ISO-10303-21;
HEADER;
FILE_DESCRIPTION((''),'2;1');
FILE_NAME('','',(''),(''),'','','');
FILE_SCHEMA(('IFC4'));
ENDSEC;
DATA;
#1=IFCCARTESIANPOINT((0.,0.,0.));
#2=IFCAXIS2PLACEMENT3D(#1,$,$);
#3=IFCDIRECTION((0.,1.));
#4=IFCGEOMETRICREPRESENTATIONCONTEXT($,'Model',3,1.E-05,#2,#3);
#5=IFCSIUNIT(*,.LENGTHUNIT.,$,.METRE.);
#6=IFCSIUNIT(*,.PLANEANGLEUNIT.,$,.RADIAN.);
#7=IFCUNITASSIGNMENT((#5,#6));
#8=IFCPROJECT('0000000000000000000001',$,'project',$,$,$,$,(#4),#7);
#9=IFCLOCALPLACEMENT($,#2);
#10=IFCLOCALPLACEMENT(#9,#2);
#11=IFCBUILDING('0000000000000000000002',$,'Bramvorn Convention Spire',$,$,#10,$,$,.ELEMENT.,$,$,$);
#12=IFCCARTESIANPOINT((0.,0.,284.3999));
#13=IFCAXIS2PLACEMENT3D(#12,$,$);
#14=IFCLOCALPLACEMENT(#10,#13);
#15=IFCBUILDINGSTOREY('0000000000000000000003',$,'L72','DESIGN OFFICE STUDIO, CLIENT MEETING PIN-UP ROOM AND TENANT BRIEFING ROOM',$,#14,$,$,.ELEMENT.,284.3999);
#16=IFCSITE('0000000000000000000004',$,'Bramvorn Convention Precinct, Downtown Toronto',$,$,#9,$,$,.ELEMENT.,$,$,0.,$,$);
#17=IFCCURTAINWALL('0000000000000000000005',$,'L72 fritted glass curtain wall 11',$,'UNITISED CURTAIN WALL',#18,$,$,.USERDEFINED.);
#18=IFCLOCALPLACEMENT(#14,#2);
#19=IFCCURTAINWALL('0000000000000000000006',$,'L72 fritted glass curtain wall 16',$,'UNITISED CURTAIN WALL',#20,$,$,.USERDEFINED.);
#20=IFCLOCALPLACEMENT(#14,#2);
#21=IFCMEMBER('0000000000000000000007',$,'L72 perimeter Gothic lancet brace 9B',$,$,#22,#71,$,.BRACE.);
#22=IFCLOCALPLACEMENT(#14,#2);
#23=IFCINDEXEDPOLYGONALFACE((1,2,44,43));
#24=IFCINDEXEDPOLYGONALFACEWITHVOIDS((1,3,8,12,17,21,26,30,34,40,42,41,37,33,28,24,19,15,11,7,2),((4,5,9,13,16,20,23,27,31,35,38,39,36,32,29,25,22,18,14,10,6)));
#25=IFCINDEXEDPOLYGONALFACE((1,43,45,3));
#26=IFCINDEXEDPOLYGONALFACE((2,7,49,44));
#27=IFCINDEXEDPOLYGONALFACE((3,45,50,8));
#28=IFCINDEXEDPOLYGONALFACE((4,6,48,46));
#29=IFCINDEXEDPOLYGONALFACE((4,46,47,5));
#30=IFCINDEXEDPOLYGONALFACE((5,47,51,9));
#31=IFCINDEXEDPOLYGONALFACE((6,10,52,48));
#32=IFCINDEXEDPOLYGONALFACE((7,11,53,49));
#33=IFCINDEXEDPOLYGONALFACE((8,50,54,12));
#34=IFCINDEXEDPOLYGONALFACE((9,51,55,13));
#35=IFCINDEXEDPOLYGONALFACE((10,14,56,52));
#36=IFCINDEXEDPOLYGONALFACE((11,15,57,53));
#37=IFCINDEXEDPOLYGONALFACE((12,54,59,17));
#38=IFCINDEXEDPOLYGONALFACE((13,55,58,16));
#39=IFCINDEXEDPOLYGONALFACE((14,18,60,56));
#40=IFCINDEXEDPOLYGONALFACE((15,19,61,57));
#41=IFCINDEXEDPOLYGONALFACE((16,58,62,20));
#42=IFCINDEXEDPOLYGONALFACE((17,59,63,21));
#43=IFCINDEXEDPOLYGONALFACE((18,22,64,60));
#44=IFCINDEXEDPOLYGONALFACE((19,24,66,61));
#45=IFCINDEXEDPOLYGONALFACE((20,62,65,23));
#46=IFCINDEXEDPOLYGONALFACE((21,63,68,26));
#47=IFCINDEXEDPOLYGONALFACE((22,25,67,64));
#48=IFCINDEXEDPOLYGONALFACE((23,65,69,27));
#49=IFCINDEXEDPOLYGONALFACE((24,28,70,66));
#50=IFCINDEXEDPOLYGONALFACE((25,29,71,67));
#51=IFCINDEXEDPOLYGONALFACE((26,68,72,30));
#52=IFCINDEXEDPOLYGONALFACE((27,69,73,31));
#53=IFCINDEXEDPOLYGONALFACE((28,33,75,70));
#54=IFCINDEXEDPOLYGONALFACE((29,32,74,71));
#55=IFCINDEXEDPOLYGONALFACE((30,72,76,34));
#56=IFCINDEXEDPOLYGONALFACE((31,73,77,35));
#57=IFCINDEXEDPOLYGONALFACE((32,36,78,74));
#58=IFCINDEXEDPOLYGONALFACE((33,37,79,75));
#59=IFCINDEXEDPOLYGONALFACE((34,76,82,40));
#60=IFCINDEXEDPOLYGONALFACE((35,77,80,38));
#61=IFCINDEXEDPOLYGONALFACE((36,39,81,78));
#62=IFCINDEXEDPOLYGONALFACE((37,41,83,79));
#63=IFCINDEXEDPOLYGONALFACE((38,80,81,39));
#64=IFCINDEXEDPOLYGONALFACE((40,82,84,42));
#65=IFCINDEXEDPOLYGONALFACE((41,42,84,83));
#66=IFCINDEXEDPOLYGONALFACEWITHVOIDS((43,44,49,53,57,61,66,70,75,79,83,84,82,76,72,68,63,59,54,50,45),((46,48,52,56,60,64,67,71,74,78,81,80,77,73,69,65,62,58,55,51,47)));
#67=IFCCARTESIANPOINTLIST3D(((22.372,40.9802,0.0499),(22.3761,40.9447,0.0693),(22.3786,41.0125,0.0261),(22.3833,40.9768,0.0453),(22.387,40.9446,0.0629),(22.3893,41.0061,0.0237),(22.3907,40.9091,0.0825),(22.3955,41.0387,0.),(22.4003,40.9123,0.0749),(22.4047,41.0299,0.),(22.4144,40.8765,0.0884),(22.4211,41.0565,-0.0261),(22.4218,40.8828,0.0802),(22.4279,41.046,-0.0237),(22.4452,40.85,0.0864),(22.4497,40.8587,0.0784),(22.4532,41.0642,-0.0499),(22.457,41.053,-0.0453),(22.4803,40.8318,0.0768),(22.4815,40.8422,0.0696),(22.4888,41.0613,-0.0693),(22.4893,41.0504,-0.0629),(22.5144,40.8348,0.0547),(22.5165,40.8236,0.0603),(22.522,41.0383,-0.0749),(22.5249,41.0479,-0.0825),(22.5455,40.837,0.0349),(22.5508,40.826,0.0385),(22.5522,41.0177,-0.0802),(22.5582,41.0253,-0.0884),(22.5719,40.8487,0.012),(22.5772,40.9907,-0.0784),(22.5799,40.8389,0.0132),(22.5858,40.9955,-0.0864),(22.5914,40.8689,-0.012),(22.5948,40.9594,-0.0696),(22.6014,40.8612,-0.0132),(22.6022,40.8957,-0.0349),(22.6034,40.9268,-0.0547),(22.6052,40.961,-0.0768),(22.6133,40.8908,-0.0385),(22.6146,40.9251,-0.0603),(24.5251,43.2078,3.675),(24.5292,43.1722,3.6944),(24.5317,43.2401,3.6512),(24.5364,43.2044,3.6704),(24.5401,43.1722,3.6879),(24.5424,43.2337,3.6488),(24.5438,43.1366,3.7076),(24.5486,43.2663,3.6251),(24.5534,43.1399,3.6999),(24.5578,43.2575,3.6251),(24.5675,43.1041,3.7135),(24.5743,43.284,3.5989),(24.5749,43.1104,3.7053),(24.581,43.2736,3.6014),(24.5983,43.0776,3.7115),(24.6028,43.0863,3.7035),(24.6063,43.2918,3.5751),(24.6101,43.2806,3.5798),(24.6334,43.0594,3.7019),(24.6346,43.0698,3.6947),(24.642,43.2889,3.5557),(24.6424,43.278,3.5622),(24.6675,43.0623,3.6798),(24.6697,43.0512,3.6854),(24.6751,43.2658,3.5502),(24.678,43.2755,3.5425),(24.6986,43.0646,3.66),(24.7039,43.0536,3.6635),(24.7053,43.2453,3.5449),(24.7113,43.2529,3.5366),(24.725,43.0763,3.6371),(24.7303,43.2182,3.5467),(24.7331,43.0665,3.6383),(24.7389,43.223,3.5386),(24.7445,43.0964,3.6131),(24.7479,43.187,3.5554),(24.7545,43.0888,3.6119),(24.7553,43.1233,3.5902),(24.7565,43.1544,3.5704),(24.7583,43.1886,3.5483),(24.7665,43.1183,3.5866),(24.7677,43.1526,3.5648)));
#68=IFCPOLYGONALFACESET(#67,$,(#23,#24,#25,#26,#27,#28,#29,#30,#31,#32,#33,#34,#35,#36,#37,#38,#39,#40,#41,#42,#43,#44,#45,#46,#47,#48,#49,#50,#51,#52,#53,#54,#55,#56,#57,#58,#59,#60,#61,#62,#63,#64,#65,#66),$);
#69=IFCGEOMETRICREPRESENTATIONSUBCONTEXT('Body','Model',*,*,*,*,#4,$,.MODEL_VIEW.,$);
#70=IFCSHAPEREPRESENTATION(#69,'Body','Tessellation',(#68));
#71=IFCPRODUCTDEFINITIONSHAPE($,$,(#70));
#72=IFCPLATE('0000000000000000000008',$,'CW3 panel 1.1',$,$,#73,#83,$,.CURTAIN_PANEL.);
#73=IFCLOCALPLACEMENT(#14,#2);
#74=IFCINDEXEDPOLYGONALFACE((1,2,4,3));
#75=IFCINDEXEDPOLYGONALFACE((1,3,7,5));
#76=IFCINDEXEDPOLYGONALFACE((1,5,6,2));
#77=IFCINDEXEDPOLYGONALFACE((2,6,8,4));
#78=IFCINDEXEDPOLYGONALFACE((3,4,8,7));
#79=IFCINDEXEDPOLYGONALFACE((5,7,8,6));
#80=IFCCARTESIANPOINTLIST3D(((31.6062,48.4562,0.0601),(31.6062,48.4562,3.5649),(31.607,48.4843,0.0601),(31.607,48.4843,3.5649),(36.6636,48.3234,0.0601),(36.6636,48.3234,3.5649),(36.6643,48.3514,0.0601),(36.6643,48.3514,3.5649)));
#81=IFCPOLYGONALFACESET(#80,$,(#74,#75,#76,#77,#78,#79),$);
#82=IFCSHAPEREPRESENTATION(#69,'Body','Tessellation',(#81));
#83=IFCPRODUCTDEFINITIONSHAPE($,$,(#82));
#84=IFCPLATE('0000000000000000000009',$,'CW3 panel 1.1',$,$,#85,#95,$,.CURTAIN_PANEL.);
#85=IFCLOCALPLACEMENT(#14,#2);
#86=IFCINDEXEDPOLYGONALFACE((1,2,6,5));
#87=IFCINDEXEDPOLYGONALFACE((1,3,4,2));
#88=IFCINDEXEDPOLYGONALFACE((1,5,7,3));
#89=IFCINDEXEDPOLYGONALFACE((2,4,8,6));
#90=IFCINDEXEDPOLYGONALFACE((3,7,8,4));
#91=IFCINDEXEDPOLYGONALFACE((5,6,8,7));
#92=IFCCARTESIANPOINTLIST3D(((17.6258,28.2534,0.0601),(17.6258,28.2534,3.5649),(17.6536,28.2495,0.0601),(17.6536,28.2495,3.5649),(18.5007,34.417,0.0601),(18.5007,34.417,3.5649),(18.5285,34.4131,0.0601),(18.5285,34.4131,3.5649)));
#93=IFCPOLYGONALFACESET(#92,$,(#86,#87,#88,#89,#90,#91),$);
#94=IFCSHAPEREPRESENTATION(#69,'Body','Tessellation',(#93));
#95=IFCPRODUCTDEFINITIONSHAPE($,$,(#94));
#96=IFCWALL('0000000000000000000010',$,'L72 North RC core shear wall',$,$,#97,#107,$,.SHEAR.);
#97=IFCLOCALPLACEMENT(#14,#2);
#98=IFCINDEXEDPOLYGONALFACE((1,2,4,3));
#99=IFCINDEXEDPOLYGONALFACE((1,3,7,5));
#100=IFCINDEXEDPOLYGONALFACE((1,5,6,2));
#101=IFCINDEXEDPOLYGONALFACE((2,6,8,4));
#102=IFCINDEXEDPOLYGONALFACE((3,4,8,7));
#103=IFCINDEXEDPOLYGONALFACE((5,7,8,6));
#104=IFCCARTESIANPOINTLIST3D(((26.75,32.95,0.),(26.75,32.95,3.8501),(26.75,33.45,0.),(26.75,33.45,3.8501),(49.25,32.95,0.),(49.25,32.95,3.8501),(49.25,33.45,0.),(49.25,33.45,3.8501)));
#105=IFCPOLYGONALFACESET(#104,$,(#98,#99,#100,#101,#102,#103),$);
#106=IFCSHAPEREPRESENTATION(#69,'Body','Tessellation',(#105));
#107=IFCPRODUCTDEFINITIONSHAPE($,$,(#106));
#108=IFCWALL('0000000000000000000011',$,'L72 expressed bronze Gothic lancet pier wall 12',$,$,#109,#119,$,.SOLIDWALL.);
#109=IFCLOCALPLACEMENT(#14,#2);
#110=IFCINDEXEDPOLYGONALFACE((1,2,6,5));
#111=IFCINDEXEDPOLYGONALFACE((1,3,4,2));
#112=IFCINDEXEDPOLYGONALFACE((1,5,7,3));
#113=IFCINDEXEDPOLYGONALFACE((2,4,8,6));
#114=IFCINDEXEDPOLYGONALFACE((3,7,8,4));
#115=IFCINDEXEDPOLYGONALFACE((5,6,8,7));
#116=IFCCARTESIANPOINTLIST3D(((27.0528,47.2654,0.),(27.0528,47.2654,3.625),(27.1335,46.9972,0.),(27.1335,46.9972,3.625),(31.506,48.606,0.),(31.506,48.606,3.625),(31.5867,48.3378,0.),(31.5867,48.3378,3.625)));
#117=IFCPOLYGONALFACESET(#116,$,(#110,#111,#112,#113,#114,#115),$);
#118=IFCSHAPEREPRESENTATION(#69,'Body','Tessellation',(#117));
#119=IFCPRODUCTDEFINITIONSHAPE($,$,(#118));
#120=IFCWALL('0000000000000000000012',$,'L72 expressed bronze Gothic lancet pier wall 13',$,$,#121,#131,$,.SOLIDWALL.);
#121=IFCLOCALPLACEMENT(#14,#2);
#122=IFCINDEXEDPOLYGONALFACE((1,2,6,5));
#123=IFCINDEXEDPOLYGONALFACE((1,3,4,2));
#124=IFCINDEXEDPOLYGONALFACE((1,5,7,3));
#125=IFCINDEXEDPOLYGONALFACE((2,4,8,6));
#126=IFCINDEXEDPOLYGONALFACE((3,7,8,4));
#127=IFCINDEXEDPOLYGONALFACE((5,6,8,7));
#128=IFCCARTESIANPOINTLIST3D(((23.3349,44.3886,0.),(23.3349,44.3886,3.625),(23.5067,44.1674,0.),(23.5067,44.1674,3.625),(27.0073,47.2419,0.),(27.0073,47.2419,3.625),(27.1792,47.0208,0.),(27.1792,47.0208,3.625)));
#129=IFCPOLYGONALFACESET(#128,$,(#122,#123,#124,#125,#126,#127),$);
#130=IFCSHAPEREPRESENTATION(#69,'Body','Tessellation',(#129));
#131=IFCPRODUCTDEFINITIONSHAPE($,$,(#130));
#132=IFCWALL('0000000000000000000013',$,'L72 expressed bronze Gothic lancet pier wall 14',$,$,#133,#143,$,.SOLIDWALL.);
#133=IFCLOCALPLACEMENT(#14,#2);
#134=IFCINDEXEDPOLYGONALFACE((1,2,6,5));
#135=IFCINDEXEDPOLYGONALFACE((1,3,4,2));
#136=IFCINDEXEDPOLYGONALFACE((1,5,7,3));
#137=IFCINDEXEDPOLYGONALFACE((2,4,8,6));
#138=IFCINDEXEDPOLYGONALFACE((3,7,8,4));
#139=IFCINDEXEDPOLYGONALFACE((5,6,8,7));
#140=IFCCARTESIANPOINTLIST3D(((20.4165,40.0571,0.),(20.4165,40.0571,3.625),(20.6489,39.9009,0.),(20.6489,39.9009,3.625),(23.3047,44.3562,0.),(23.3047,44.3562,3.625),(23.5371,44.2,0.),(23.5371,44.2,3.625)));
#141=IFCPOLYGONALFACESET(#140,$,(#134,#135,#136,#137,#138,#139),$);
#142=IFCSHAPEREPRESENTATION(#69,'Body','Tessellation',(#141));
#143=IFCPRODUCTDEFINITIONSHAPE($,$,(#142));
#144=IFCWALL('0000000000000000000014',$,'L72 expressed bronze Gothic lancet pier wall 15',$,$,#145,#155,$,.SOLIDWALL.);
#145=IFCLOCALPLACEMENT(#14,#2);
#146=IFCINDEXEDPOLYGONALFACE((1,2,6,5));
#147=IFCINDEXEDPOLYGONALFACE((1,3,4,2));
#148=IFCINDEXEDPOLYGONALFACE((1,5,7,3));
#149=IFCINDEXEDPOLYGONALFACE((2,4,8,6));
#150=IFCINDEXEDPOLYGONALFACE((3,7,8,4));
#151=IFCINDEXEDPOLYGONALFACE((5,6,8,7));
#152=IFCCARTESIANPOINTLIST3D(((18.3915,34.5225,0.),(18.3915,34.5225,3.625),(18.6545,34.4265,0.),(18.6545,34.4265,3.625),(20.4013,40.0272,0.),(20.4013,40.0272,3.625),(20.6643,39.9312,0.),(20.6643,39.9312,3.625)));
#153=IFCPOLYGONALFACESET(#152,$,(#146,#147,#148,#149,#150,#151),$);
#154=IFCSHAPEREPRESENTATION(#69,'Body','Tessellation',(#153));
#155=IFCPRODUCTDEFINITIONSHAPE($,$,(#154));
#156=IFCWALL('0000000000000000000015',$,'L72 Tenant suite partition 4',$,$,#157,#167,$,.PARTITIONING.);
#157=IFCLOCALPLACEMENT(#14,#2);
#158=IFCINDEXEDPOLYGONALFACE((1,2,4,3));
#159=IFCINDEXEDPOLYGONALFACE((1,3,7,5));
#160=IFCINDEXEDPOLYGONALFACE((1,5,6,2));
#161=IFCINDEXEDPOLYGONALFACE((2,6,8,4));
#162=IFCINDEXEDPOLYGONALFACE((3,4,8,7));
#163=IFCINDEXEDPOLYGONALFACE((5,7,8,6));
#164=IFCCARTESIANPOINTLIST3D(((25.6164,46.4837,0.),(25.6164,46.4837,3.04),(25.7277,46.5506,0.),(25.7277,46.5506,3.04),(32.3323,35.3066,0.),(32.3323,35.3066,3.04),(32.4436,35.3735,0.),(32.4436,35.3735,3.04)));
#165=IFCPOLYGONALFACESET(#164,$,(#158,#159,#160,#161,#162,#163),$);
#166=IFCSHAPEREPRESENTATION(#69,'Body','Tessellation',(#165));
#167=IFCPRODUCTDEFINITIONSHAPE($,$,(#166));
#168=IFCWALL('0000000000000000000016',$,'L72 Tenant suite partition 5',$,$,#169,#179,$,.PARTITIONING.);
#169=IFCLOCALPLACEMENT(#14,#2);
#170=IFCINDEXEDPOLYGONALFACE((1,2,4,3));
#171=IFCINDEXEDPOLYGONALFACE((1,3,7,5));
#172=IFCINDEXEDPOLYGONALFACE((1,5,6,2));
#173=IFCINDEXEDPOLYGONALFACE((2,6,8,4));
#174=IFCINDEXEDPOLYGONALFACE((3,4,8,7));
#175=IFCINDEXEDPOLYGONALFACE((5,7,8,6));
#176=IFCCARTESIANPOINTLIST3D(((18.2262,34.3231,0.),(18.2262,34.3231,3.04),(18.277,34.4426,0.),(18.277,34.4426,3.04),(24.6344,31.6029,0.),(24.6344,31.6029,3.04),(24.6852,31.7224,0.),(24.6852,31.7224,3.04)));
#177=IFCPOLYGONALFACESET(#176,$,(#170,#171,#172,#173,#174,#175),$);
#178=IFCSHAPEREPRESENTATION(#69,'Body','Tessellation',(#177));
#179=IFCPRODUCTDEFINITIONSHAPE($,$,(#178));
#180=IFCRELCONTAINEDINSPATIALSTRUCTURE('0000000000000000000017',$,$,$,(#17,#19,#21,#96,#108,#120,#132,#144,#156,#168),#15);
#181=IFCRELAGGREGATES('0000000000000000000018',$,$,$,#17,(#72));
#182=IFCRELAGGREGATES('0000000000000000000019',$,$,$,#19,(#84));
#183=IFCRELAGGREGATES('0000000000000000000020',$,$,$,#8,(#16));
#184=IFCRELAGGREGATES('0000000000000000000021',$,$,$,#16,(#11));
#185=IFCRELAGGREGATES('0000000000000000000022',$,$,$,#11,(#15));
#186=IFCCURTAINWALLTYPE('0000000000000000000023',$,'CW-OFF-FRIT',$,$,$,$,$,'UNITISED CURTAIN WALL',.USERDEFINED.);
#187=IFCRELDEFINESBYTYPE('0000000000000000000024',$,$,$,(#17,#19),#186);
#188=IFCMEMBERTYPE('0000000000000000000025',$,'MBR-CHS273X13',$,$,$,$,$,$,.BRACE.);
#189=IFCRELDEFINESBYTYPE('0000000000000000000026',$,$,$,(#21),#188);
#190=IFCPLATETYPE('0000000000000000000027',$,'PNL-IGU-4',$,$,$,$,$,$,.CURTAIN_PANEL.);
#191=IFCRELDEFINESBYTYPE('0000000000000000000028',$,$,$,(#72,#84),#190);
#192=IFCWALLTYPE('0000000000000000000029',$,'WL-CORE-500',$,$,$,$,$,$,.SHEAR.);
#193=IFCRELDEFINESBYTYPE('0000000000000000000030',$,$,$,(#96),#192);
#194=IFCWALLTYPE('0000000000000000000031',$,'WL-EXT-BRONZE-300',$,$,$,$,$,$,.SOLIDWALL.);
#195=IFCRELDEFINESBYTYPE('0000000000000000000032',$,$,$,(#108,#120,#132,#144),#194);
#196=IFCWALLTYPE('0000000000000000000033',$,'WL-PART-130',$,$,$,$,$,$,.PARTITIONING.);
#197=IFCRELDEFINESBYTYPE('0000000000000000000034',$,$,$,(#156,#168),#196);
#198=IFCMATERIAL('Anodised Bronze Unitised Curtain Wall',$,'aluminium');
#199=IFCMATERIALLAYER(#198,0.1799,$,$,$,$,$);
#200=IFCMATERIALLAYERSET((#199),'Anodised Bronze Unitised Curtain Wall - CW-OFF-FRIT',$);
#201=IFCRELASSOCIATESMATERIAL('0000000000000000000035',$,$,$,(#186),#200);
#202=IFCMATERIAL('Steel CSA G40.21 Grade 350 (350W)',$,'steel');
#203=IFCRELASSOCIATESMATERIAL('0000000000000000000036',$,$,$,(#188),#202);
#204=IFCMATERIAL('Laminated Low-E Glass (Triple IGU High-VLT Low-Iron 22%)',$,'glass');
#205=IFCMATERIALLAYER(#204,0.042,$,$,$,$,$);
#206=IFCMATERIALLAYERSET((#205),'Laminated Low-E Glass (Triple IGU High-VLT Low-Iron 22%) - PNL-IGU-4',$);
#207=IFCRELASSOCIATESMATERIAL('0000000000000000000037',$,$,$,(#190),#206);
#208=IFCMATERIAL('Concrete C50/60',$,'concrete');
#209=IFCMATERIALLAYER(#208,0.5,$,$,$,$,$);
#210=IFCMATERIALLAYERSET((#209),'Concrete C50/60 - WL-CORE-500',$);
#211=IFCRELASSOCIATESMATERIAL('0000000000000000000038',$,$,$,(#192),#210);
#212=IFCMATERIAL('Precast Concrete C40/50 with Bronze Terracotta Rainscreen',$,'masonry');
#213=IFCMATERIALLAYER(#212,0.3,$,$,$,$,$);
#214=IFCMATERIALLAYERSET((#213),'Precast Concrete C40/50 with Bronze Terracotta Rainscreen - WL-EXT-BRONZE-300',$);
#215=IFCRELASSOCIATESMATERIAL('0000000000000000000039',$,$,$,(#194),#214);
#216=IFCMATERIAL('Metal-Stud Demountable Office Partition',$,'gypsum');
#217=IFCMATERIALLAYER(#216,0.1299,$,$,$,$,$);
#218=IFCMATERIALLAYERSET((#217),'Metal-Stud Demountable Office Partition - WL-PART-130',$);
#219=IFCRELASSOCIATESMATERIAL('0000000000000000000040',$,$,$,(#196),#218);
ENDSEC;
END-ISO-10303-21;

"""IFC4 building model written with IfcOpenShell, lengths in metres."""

from ifc_helpers import new_model, si_unit, direction, frame, frame_2d, origin, origin_2d, place, context, subcontext, project, spatial, rectangle, hollow_circle, extrude, material, layer, layer_set, material_profile, profile_set, type_object, element, aggregate, save


model = new_model("IFC4")

# Units and contexts
model_context = context("Model", 3, precision=1e-05, world=origin(), true_north=direction((0.0, 1.0)))
body_context = subcontext(model_context, "Body", "Model", "MODEL_VIEW")
ifc_project = project(units=[si_unit("LENGTHUNIT", "METRE"), si_unit("PLANEANGLEUNIT", "RADIAN")], contexts=[model_context])

# Site, building, storey
site_placement = place(None, origin())
site = spatial("IfcSite", under=ifc_project, at=site_placement, Name="Bramvorn Convention Precinct, Downtown Toronto", CompositionType="ELEMENT", RefElevation=0.0)
building_placement = place(site_placement, origin())
building = spatial("IfcBuilding", under=site, at=building_placement, Name="Bramvorn Convention Spire", CompositionType="ELEMENT")
storey_placement = place(building_placement, frame((0.0, 0.0, 284.3999)))
storey = spatial("IfcBuildingStorey", under=building, at=storey_placement, Name="L72", Description="DESIGN OFFICE STUDIO, CLIENT MEETING PIN-UP ROOM AND TENANT BRIEFING ROOM", CompositionType="ELEMENT", Elevation=284.3999)

# Shared definitions
ifc_material_1 = material(Name="Steel CSA G40.21 Grade 350 (350W)", Category="steel")

# Curtain walls
ifc_material_2 = material(Name="Anodised Bronze Unitised Curtain Wall", Category="aluminium")
ifc_layer_1 = layer(ifc_material_2, 0.1799)
ifc_layer_set_1 = layer_set([ifc_layer_1], Name="Anodised Bronze Unitised Curtain Wall - CW-OFF-FRIT")
curtain_wall_type = type_object("IfcCurtainWallType", Name="CW-OFF-FRIT", ElementType="UNITISED CURTAIN WALL", PredefinedType="USERDEFINED", material=ifc_layer_set_1)
curtain_wall_1_placement = place(storey_placement, origin())
curtain_wall_1 = element("IfcCurtainWall", 1, at=curtain_wall_1_placement, inside=storey, type_object=curtain_wall_type, Name="L72 fritted glass curtain wall 11", ObjectType="UNITISED CURTAIN WALL", PredefinedType="USERDEFINED")
curtain_wall_2_placement = place(storey_placement, origin())
curtain_wall_2 = element("IfcCurtainWall", 2, at=curtain_wall_2_placement, inside=storey, type_object=curtain_wall_type, Name="L72 fritted glass curtain wall 16", ObjectType="UNITISED CURTAIN WALL", PredefinedType="USERDEFINED")

# Member
ifc_material_profile_1 = material_profile(ifc_material_1, hollow_circle(Radius=0.1365, WallThickness=0.0127, at=origin_2d()))
ifc_profile_set_1 = profile_set([ifc_material_profile_1], Name="Steel CSA G40.21 Grade 350 (350W) - CHS273X13")
member_type_1 = type_object("IfcMemberType", Name="MBR-CHS273X13", PredefinedType="BRACE", material=ifc_profile_set_1)
for number, where, z_axis, x_axis, name in (
    (3, (22.4937, 40.9438, 0.0), (0.451524, 0.467139, 0.760202), (-0.719023, 0.694987, 0.0), "L72 perimeter Gothic lancet brace 9B"),
):
    element("IfcMember", number, at=place(storey_placement, frame(where, z_axis=z_axis, x_axis=x_axis)), inside=storey, type_object=member_type_1, Name=name, PredefinedType="BRACE", context=body_context, shape_type="SweptSolid", body=[
        extrude(hollow_circle(Radius=0.1365, WallThickness=0.0127, at=origin_2d()), origin(), (0.0, 0.0, 1.0), 4.7686),
    ])

# Plates
ifc_material_3 = material(Name="Laminated Low-E Glass (Triple IGU High-VLT Low-Iron 22%)", Category="glass")
ifc_layer_2 = layer(ifc_material_3, 0.042)
ifc_layer_set_2 = layer_set([ifc_layer_2], Name="Laminated Low-E Glass (Triple IGU High-VLT Low-Iron 22%) - PNL-IGU-4")
plate_type = type_object("IfcPlateType", Name="PNL-IGU-4", PredefinedType="CURTAIN_PANEL", material=ifc_layer_set_2)
plate_1_placement = place(storey_placement, frame((34.1353, 48.4038, 0.0601), z_axis=(0.0, 0.0, 1.0), x_axis=(0.999655, -0.026259, 0.0)))
plate_1 = element("IfcPlate", 4, at=plate_1_placement, type_object=plate_type, Name="CW3 panel 1.1", PredefinedType="CURTAIN_PANEL", context=body_context, shape_type="SweptSolid", body=[
    extrude(rectangle(XDim=5.0591, YDim=0.0281, at=origin_2d()), origin(), (0.0, 0.0, 1.0), 3.5049),
])
aggregate(curtain_wall_1, [plate_1])
plate_2_placement = place(storey_placement, frame((18.0771, 31.3333, 0.0601), z_axis=(0.0, 0.0, 1.0), x_axis=(0.140545, 0.990074, 0.0)))
plate_2 = element("IfcPlate", 5, at=plate_2_placement, type_object=plate_type, Name="CW3 panel 1.1", PredefinedType="CURTAIN_PANEL", context=body_context, shape_type="SweptSolid", body=[
    extrude(rectangle(XDim=6.2253, YDim=0.0281, at=origin_2d()), origin(), (0.0, 0.0, 1.0), 3.5049),
])
aggregate(curtain_wall_2, [plate_2])

# Walls
ifc_material_4 = material(Name="Concrete C50/60", Category="concrete")
ifc_layer_3 = layer(ifc_material_4, 0.5)
ifc_layer_set_3 = layer_set([ifc_layer_3], Name="Concrete C50/60 - WL-CORE-500")
wall_type_1 = type_object("IfcWallType", Name="WL-CORE-500", PredefinedType="SHEAR", material=ifc_layer_set_3)
wall_1_placement = place(storey_placement, frame((26.75, 33.2, 0.0), z_axis=(0.0, 0.0, 1.0), x_axis=(1.0, 0.0, 0.0)))
element("IfcWall", 6, at=wall_1_placement, inside=storey, type_object=wall_type_1, Name="L72 North RC core shear wall", PredefinedType="SHEAR", context=body_context, shape_type="SweptSolid", body=[
    extrude(rectangle(XDim=22.5, YDim=0.5, at=frame_2d((11.25, 0.0))), origin(), (0.0, 0.0, 1.0), 3.8501),
])
ifc_material_5 = material(Name="Precast Concrete C40/50 with Bronze Terracotta Rainscreen", Category="masonry")
ifc_layer_4 = layer(ifc_material_5, 0.3)
ifc_layer_set_4 = layer_set([ifc_layer_4], Name="Precast Concrete C40/50 with Bronze Terracotta Rainscreen - WL-EXT-BRONZE-300")
wall_type_2 = type_object("IfcWallType", Name="WL-EXT-BRONZE-300", PredefinedType="SOLIDWALL", material=ifc_layer_set_4)
for number, where, z_axis, x_axis, name in (
    (7, (27.0933, 47.1313, 0.0), (0.0, 0.0, 1.0), (0.957551, 0.288263, 0.0), "L72 expressed bronze Gothic lancet pier wall 12"),
    (8, (23.4209, 44.2781, 0.0), (0.0, 0.0, 1.0), (0.789666, 0.613537, 0.0), "L72 expressed bronze Gothic lancet pier wall 13"),
):
    element("IfcWall", number, at=place(storey_placement, frame(where, z_axis=z_axis, x_axis=x_axis)), inside=storey, type_object=wall_type_2, Name=name, PredefinedType="SOLIDWALL", context=body_context, shape_type="SweptSolid", body=[
        extrude(rectangle(XDim=4.6506, YDim=0.28, at=frame_2d((2.3252, 0.0))), origin(), (0.0, 0.0, 1.0), 3.625),
    ])
wall_2_placement = place(storey_placement, frame((20.5327, 39.979, 0.0), z_axis=(0.0, 0.0, 1.0), x_axis=(0.557656, 0.830072, 0.0)))
element("IfcWall", 9, at=wall_2_placement, inside=storey, type_object=wall_type_2, Name="L72 expressed bronze Gothic lancet pier wall 14", PredefinedType="SOLIDWALL", context=body_context, shape_type="SweptSolid", body=[
    extrude(rectangle(XDim=5.1792, YDim=0.28, at=frame_2d((2.5896, 0.0))), origin(), (0.0, 0.0, 1.0), 3.625),
])
wall_3_placement = place(storey_placement, frame((18.5229, 34.4744, 0.0), z_axis=(0.0, 0.0, 1.0), x_axis=(0.34296, 0.93935, 0.0)))
element("IfcWall", 10, at=wall_3_placement, inside=storey, type_object=wall_type_2, Name="L72 expressed bronze Gothic lancet pier wall 15", PredefinedType="SOLIDWALL", context=body_context, shape_type="SweptSolid", body=[
    extrude(rectangle(XDim=5.8601, YDim=0.28, at=frame_2d((2.9302, 0.0))), origin(), (0.0, 0.0, 1.0), 3.625),
])
ifc_material_6 = material(Name="Metal-Stud Demountable Office Partition", Category="gypsum")
ifc_layer_5 = layer(ifc_material_6, 0.1299)
ifc_layer_set_5 = layer_set([ifc_layer_5], Name="Metal-Stud Demountable Office Partition - WL-PART-130")
wall_type_3 = type_object("IfcWallType", Name="WL-PART-130", PredefinedType="PARTITIONING", material=ifc_layer_set_5)
wall_4_placement = place(storey_placement, frame((32.3879, 35.3401, 0.0), z_axis=(0.0, 0.0, 1.0), x_axis=(-0.515038, 0.857167, 0.0)))
element("IfcWall", 11, at=wall_4_placement, inside=storey, type_object=wall_type_3, Name="L72 Tenant suite partition 4", PredefinedType="PARTITIONING", context=body_context, shape_type="SweptSolid", body=[
    extrude(rectangle(XDim=13.0396, YDim=0.1299, at=frame_2d((6.5198, 0.0))), origin(), (0.0, 0.0, 1.0), 3.04),
])
wall_5_placement = place(storey_placement, frame((24.6599, 31.6626, 0.0), z_axis=(0.0, 0.0, 1.0), x_axis=(-0.9205, 0.390743, 0.0)))
element("IfcWall", 12, at=wall_5_placement, inside=storey, type_object=wall_type_3, Name="L72 Tenant suite partition 5", PredefinedType="PARTITIONING", context=body_context, shape_type="SweptSolid", body=[
    extrude(rectangle(XDim=6.9617, YDim=0.1299, at=frame_2d((3.481, 0.0))), origin(), (0.0, 0.0, 1.0), 3.04),
])

save(model, "model.ifc")
